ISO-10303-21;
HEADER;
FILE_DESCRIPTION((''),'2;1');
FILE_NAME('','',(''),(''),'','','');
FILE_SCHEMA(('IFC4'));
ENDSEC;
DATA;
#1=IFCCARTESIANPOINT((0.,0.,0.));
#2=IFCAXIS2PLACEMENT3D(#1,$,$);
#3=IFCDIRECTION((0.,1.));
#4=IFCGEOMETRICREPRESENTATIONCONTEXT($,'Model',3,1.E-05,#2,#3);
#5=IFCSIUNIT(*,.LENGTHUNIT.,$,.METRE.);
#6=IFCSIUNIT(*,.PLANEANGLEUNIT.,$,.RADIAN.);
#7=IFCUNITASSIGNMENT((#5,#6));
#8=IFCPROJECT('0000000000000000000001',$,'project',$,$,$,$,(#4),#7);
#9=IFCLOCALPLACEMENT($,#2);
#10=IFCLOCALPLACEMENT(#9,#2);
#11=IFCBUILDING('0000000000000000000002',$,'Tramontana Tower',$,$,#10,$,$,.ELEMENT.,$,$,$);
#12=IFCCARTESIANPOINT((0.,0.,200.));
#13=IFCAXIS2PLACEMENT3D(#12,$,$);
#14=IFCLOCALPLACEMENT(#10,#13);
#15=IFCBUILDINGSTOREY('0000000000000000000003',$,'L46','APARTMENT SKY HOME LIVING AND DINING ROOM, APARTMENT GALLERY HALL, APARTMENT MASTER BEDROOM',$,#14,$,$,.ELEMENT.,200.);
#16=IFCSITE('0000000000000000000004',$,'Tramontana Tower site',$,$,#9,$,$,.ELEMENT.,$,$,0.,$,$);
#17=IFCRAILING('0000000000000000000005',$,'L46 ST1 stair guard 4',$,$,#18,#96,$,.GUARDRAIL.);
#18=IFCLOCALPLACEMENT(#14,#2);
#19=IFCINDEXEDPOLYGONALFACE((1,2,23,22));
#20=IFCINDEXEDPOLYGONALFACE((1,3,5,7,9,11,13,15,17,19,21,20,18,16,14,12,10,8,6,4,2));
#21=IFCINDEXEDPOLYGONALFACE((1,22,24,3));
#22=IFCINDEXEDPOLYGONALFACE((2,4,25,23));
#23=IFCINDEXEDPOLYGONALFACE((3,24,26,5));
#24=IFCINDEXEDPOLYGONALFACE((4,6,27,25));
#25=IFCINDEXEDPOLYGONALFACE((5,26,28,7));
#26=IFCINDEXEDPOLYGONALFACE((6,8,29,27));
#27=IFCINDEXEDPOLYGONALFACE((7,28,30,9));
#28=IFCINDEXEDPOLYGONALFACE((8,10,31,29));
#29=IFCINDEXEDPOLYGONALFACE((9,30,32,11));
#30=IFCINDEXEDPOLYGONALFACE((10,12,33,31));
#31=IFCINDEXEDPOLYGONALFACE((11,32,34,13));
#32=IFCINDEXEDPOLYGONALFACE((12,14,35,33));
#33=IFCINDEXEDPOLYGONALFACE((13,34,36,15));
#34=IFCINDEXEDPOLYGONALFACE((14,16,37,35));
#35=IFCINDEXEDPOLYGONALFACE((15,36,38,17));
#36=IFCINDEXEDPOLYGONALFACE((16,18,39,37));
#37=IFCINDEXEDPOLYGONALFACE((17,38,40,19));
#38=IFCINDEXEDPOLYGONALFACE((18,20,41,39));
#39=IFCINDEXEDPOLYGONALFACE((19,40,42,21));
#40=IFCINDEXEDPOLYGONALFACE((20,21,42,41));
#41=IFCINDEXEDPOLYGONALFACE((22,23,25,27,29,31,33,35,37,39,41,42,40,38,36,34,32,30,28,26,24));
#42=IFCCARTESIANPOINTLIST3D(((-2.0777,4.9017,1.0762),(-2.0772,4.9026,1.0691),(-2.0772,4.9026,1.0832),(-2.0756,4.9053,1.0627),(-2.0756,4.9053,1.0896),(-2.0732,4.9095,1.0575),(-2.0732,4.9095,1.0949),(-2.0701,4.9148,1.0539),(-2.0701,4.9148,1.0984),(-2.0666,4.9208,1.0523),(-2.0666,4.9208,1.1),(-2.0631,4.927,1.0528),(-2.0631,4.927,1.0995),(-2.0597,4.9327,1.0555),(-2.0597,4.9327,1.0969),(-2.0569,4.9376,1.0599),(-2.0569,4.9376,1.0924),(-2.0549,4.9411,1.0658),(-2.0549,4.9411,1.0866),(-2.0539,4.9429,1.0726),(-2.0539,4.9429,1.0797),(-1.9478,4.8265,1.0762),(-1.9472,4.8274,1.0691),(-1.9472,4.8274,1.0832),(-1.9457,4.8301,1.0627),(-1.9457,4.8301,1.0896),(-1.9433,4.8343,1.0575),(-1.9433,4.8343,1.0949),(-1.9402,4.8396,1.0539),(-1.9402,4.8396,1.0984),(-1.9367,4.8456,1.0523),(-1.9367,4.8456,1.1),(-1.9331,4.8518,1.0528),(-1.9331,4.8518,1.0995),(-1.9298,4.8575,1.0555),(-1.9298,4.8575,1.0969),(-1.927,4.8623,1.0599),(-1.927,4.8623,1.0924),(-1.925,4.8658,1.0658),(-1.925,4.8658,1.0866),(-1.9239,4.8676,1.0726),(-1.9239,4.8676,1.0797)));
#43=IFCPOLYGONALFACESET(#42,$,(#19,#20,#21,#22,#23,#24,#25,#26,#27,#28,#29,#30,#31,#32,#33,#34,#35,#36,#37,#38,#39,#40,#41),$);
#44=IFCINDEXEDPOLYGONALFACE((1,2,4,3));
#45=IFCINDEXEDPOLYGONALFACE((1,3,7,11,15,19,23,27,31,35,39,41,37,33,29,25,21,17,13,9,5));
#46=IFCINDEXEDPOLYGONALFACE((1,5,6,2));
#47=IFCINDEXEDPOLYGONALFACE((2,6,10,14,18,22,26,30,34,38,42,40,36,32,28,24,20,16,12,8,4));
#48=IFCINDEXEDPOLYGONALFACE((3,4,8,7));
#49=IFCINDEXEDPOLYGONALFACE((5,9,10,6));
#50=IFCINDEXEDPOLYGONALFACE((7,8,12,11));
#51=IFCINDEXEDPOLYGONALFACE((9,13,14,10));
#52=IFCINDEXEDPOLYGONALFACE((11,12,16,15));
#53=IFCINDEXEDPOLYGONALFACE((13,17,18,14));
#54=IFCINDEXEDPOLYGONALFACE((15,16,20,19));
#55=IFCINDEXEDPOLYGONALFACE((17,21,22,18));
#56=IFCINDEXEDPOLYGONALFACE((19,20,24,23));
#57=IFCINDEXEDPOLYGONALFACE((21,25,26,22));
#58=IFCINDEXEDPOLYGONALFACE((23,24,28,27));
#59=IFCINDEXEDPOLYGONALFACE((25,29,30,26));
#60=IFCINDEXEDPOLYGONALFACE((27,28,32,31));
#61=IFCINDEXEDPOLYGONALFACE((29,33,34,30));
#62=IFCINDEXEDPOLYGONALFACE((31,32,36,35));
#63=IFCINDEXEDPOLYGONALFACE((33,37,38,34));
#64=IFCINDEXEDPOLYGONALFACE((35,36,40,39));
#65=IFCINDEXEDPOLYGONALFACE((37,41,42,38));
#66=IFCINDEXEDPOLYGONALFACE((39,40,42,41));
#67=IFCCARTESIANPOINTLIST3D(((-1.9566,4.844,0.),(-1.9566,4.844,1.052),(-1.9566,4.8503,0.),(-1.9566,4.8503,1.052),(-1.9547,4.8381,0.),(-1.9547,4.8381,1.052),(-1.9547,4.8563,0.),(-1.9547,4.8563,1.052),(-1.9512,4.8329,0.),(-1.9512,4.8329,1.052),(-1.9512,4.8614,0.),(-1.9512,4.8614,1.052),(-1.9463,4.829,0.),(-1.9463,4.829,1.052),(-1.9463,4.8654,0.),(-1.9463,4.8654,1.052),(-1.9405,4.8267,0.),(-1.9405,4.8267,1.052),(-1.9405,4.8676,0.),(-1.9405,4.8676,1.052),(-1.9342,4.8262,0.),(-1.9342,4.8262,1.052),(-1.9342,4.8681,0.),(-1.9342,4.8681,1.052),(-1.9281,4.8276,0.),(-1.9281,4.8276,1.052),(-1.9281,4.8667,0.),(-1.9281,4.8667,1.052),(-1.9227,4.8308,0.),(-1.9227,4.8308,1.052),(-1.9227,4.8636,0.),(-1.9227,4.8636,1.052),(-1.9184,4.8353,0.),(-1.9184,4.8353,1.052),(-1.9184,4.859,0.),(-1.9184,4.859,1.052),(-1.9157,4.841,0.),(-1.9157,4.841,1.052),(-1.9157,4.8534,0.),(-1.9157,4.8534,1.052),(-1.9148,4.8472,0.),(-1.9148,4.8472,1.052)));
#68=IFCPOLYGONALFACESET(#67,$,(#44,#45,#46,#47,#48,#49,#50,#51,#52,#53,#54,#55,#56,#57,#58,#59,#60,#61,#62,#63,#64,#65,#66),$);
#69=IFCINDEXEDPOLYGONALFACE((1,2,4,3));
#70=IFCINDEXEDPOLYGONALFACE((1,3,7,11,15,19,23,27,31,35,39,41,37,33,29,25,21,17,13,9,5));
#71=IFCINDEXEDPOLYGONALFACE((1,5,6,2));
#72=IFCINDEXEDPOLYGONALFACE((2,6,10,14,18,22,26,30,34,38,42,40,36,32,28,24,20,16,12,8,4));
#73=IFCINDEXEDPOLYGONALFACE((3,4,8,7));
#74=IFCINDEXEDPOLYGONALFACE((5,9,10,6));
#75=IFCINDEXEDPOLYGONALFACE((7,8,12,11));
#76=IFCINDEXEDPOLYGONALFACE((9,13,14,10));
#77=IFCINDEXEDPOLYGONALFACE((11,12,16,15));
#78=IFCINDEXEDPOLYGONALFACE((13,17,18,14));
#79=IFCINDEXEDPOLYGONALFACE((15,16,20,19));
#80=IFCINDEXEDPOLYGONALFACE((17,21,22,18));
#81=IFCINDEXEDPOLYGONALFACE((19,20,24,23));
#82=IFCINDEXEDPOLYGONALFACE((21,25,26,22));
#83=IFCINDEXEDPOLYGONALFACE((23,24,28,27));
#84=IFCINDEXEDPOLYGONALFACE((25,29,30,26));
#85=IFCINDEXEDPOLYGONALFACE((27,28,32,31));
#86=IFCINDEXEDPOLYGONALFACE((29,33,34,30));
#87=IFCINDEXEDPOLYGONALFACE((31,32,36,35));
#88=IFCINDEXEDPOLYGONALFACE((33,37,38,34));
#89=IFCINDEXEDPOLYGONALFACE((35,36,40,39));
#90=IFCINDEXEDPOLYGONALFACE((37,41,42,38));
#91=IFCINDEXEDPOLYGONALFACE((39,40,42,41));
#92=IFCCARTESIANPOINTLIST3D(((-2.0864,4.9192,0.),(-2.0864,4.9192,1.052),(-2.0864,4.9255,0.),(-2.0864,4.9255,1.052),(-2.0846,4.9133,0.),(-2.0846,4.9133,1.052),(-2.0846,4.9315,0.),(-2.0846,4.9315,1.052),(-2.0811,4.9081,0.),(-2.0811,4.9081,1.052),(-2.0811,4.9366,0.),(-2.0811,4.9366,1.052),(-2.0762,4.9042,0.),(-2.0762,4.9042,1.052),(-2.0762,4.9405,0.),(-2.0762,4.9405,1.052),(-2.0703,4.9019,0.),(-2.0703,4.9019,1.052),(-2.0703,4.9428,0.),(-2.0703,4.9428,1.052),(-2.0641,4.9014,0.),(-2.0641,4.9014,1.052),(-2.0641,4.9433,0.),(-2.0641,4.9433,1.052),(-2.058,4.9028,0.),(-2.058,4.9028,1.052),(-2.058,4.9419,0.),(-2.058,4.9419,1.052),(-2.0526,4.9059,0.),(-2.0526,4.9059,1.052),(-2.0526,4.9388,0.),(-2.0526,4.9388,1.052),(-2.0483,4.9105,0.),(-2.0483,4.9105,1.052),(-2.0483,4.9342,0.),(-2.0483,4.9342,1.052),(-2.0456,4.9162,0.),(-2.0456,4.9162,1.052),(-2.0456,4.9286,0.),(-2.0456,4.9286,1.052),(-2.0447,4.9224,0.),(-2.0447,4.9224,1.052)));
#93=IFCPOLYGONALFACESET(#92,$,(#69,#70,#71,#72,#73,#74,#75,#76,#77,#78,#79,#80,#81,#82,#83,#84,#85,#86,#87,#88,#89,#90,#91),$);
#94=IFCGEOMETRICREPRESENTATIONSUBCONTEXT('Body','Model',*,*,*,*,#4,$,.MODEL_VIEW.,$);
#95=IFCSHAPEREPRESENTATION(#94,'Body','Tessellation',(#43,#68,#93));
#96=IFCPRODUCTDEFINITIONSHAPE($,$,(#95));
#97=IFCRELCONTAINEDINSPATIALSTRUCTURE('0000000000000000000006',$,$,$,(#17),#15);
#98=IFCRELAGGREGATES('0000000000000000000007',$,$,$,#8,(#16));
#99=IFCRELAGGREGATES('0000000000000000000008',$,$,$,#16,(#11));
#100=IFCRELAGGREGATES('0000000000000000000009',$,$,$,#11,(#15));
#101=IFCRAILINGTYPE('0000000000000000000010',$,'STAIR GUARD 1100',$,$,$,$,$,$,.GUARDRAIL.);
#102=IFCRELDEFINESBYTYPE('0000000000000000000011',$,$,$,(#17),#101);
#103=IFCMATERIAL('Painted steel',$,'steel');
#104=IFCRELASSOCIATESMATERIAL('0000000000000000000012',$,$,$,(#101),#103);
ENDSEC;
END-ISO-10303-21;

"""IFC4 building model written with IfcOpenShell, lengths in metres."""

from ifc_helpers import new_model, si_unit, direction, frame, origin, origin_2d, place, context, subcontext, project, spatial, circle, extrude, material, type_object, element, save


model = new_model("IFC4")

# Units and contexts
model_context = context("Model", 3, precision=1e-05, world=origin(), true_north=direction((0.0, 1.0)))
body_context = subcontext(model_context, "Body", "Model", "MODEL_VIEW")
ifc_project = project(units=[si_unit("LENGTHUNIT", "METRE"), si_unit("PLANEANGLEUNIT", "RADIAN")], contexts=[model_context])

# Site, building, storey
site_placement = place(None, origin())
site = spatial("IfcSite", under=ifc_project, at=site_placement, Name="Tramontana Tower site", CompositionType="ELEMENT", RefElevation=0.0)
building_placement = place(site_placement, origin())
building = spatial("IfcBuilding", under=site, at=building_placement, Name="Tramontana Tower", CompositionType="ELEMENT")
storey_placement = place(building_placement, frame((0.0, 0.0, 200.0)))
storey = spatial("IfcBuildingStorey", under=building, at=storey_placement, Name="L46", Description="APARTMENT SKY HOME LIVING AND DINING ROOM, APARTMENT GALLERY HALL, APARTMENT MASTER BEDROOM", CompositionType="ELEMENT", Elevation=200.0)

# Railing
ifc_material_1 = material(Name="Painted steel", Category="steel")
railing_type_1 = type_object("IfcRailingType", Name="STAIR GUARD 1100", PredefinedType="GUARDRAIL", material=ifc_material_1)
railing_1_placement = place(storey_placement, frame((-1.9358, 4.8472, 0.0)))
element("IfcRailing", 1, at=railing_1_placement, inside=storey, type_object=railing_type_1, Name="L46 ST1 stair guard 4", PredefinedType="GUARDRAIL", context=body_context, shape_type="SweptSolid", body=[
    extrude(circle(Radius=0.0239, at=origin_2d()), frame((0.0, 0.0, 1.0762), z_axis=(-0.865426, 0.501036, 0.0), x_axis=(-0.501036, -0.865426, 0.0)), (0.0, 0.0, 1.0), 0.1501),
    extrude(circle(Radius=0.021, at=origin_2d()), origin(), (0.0, 0.0, 1.0), 1.052),
    extrude(circle(Radius=0.021, at=origin_2d()), frame((-0.1299, 0.0752, 0.0)), (0.0, 0.0, 1.0), 1.052),
])

save(model, "model.ifc")
